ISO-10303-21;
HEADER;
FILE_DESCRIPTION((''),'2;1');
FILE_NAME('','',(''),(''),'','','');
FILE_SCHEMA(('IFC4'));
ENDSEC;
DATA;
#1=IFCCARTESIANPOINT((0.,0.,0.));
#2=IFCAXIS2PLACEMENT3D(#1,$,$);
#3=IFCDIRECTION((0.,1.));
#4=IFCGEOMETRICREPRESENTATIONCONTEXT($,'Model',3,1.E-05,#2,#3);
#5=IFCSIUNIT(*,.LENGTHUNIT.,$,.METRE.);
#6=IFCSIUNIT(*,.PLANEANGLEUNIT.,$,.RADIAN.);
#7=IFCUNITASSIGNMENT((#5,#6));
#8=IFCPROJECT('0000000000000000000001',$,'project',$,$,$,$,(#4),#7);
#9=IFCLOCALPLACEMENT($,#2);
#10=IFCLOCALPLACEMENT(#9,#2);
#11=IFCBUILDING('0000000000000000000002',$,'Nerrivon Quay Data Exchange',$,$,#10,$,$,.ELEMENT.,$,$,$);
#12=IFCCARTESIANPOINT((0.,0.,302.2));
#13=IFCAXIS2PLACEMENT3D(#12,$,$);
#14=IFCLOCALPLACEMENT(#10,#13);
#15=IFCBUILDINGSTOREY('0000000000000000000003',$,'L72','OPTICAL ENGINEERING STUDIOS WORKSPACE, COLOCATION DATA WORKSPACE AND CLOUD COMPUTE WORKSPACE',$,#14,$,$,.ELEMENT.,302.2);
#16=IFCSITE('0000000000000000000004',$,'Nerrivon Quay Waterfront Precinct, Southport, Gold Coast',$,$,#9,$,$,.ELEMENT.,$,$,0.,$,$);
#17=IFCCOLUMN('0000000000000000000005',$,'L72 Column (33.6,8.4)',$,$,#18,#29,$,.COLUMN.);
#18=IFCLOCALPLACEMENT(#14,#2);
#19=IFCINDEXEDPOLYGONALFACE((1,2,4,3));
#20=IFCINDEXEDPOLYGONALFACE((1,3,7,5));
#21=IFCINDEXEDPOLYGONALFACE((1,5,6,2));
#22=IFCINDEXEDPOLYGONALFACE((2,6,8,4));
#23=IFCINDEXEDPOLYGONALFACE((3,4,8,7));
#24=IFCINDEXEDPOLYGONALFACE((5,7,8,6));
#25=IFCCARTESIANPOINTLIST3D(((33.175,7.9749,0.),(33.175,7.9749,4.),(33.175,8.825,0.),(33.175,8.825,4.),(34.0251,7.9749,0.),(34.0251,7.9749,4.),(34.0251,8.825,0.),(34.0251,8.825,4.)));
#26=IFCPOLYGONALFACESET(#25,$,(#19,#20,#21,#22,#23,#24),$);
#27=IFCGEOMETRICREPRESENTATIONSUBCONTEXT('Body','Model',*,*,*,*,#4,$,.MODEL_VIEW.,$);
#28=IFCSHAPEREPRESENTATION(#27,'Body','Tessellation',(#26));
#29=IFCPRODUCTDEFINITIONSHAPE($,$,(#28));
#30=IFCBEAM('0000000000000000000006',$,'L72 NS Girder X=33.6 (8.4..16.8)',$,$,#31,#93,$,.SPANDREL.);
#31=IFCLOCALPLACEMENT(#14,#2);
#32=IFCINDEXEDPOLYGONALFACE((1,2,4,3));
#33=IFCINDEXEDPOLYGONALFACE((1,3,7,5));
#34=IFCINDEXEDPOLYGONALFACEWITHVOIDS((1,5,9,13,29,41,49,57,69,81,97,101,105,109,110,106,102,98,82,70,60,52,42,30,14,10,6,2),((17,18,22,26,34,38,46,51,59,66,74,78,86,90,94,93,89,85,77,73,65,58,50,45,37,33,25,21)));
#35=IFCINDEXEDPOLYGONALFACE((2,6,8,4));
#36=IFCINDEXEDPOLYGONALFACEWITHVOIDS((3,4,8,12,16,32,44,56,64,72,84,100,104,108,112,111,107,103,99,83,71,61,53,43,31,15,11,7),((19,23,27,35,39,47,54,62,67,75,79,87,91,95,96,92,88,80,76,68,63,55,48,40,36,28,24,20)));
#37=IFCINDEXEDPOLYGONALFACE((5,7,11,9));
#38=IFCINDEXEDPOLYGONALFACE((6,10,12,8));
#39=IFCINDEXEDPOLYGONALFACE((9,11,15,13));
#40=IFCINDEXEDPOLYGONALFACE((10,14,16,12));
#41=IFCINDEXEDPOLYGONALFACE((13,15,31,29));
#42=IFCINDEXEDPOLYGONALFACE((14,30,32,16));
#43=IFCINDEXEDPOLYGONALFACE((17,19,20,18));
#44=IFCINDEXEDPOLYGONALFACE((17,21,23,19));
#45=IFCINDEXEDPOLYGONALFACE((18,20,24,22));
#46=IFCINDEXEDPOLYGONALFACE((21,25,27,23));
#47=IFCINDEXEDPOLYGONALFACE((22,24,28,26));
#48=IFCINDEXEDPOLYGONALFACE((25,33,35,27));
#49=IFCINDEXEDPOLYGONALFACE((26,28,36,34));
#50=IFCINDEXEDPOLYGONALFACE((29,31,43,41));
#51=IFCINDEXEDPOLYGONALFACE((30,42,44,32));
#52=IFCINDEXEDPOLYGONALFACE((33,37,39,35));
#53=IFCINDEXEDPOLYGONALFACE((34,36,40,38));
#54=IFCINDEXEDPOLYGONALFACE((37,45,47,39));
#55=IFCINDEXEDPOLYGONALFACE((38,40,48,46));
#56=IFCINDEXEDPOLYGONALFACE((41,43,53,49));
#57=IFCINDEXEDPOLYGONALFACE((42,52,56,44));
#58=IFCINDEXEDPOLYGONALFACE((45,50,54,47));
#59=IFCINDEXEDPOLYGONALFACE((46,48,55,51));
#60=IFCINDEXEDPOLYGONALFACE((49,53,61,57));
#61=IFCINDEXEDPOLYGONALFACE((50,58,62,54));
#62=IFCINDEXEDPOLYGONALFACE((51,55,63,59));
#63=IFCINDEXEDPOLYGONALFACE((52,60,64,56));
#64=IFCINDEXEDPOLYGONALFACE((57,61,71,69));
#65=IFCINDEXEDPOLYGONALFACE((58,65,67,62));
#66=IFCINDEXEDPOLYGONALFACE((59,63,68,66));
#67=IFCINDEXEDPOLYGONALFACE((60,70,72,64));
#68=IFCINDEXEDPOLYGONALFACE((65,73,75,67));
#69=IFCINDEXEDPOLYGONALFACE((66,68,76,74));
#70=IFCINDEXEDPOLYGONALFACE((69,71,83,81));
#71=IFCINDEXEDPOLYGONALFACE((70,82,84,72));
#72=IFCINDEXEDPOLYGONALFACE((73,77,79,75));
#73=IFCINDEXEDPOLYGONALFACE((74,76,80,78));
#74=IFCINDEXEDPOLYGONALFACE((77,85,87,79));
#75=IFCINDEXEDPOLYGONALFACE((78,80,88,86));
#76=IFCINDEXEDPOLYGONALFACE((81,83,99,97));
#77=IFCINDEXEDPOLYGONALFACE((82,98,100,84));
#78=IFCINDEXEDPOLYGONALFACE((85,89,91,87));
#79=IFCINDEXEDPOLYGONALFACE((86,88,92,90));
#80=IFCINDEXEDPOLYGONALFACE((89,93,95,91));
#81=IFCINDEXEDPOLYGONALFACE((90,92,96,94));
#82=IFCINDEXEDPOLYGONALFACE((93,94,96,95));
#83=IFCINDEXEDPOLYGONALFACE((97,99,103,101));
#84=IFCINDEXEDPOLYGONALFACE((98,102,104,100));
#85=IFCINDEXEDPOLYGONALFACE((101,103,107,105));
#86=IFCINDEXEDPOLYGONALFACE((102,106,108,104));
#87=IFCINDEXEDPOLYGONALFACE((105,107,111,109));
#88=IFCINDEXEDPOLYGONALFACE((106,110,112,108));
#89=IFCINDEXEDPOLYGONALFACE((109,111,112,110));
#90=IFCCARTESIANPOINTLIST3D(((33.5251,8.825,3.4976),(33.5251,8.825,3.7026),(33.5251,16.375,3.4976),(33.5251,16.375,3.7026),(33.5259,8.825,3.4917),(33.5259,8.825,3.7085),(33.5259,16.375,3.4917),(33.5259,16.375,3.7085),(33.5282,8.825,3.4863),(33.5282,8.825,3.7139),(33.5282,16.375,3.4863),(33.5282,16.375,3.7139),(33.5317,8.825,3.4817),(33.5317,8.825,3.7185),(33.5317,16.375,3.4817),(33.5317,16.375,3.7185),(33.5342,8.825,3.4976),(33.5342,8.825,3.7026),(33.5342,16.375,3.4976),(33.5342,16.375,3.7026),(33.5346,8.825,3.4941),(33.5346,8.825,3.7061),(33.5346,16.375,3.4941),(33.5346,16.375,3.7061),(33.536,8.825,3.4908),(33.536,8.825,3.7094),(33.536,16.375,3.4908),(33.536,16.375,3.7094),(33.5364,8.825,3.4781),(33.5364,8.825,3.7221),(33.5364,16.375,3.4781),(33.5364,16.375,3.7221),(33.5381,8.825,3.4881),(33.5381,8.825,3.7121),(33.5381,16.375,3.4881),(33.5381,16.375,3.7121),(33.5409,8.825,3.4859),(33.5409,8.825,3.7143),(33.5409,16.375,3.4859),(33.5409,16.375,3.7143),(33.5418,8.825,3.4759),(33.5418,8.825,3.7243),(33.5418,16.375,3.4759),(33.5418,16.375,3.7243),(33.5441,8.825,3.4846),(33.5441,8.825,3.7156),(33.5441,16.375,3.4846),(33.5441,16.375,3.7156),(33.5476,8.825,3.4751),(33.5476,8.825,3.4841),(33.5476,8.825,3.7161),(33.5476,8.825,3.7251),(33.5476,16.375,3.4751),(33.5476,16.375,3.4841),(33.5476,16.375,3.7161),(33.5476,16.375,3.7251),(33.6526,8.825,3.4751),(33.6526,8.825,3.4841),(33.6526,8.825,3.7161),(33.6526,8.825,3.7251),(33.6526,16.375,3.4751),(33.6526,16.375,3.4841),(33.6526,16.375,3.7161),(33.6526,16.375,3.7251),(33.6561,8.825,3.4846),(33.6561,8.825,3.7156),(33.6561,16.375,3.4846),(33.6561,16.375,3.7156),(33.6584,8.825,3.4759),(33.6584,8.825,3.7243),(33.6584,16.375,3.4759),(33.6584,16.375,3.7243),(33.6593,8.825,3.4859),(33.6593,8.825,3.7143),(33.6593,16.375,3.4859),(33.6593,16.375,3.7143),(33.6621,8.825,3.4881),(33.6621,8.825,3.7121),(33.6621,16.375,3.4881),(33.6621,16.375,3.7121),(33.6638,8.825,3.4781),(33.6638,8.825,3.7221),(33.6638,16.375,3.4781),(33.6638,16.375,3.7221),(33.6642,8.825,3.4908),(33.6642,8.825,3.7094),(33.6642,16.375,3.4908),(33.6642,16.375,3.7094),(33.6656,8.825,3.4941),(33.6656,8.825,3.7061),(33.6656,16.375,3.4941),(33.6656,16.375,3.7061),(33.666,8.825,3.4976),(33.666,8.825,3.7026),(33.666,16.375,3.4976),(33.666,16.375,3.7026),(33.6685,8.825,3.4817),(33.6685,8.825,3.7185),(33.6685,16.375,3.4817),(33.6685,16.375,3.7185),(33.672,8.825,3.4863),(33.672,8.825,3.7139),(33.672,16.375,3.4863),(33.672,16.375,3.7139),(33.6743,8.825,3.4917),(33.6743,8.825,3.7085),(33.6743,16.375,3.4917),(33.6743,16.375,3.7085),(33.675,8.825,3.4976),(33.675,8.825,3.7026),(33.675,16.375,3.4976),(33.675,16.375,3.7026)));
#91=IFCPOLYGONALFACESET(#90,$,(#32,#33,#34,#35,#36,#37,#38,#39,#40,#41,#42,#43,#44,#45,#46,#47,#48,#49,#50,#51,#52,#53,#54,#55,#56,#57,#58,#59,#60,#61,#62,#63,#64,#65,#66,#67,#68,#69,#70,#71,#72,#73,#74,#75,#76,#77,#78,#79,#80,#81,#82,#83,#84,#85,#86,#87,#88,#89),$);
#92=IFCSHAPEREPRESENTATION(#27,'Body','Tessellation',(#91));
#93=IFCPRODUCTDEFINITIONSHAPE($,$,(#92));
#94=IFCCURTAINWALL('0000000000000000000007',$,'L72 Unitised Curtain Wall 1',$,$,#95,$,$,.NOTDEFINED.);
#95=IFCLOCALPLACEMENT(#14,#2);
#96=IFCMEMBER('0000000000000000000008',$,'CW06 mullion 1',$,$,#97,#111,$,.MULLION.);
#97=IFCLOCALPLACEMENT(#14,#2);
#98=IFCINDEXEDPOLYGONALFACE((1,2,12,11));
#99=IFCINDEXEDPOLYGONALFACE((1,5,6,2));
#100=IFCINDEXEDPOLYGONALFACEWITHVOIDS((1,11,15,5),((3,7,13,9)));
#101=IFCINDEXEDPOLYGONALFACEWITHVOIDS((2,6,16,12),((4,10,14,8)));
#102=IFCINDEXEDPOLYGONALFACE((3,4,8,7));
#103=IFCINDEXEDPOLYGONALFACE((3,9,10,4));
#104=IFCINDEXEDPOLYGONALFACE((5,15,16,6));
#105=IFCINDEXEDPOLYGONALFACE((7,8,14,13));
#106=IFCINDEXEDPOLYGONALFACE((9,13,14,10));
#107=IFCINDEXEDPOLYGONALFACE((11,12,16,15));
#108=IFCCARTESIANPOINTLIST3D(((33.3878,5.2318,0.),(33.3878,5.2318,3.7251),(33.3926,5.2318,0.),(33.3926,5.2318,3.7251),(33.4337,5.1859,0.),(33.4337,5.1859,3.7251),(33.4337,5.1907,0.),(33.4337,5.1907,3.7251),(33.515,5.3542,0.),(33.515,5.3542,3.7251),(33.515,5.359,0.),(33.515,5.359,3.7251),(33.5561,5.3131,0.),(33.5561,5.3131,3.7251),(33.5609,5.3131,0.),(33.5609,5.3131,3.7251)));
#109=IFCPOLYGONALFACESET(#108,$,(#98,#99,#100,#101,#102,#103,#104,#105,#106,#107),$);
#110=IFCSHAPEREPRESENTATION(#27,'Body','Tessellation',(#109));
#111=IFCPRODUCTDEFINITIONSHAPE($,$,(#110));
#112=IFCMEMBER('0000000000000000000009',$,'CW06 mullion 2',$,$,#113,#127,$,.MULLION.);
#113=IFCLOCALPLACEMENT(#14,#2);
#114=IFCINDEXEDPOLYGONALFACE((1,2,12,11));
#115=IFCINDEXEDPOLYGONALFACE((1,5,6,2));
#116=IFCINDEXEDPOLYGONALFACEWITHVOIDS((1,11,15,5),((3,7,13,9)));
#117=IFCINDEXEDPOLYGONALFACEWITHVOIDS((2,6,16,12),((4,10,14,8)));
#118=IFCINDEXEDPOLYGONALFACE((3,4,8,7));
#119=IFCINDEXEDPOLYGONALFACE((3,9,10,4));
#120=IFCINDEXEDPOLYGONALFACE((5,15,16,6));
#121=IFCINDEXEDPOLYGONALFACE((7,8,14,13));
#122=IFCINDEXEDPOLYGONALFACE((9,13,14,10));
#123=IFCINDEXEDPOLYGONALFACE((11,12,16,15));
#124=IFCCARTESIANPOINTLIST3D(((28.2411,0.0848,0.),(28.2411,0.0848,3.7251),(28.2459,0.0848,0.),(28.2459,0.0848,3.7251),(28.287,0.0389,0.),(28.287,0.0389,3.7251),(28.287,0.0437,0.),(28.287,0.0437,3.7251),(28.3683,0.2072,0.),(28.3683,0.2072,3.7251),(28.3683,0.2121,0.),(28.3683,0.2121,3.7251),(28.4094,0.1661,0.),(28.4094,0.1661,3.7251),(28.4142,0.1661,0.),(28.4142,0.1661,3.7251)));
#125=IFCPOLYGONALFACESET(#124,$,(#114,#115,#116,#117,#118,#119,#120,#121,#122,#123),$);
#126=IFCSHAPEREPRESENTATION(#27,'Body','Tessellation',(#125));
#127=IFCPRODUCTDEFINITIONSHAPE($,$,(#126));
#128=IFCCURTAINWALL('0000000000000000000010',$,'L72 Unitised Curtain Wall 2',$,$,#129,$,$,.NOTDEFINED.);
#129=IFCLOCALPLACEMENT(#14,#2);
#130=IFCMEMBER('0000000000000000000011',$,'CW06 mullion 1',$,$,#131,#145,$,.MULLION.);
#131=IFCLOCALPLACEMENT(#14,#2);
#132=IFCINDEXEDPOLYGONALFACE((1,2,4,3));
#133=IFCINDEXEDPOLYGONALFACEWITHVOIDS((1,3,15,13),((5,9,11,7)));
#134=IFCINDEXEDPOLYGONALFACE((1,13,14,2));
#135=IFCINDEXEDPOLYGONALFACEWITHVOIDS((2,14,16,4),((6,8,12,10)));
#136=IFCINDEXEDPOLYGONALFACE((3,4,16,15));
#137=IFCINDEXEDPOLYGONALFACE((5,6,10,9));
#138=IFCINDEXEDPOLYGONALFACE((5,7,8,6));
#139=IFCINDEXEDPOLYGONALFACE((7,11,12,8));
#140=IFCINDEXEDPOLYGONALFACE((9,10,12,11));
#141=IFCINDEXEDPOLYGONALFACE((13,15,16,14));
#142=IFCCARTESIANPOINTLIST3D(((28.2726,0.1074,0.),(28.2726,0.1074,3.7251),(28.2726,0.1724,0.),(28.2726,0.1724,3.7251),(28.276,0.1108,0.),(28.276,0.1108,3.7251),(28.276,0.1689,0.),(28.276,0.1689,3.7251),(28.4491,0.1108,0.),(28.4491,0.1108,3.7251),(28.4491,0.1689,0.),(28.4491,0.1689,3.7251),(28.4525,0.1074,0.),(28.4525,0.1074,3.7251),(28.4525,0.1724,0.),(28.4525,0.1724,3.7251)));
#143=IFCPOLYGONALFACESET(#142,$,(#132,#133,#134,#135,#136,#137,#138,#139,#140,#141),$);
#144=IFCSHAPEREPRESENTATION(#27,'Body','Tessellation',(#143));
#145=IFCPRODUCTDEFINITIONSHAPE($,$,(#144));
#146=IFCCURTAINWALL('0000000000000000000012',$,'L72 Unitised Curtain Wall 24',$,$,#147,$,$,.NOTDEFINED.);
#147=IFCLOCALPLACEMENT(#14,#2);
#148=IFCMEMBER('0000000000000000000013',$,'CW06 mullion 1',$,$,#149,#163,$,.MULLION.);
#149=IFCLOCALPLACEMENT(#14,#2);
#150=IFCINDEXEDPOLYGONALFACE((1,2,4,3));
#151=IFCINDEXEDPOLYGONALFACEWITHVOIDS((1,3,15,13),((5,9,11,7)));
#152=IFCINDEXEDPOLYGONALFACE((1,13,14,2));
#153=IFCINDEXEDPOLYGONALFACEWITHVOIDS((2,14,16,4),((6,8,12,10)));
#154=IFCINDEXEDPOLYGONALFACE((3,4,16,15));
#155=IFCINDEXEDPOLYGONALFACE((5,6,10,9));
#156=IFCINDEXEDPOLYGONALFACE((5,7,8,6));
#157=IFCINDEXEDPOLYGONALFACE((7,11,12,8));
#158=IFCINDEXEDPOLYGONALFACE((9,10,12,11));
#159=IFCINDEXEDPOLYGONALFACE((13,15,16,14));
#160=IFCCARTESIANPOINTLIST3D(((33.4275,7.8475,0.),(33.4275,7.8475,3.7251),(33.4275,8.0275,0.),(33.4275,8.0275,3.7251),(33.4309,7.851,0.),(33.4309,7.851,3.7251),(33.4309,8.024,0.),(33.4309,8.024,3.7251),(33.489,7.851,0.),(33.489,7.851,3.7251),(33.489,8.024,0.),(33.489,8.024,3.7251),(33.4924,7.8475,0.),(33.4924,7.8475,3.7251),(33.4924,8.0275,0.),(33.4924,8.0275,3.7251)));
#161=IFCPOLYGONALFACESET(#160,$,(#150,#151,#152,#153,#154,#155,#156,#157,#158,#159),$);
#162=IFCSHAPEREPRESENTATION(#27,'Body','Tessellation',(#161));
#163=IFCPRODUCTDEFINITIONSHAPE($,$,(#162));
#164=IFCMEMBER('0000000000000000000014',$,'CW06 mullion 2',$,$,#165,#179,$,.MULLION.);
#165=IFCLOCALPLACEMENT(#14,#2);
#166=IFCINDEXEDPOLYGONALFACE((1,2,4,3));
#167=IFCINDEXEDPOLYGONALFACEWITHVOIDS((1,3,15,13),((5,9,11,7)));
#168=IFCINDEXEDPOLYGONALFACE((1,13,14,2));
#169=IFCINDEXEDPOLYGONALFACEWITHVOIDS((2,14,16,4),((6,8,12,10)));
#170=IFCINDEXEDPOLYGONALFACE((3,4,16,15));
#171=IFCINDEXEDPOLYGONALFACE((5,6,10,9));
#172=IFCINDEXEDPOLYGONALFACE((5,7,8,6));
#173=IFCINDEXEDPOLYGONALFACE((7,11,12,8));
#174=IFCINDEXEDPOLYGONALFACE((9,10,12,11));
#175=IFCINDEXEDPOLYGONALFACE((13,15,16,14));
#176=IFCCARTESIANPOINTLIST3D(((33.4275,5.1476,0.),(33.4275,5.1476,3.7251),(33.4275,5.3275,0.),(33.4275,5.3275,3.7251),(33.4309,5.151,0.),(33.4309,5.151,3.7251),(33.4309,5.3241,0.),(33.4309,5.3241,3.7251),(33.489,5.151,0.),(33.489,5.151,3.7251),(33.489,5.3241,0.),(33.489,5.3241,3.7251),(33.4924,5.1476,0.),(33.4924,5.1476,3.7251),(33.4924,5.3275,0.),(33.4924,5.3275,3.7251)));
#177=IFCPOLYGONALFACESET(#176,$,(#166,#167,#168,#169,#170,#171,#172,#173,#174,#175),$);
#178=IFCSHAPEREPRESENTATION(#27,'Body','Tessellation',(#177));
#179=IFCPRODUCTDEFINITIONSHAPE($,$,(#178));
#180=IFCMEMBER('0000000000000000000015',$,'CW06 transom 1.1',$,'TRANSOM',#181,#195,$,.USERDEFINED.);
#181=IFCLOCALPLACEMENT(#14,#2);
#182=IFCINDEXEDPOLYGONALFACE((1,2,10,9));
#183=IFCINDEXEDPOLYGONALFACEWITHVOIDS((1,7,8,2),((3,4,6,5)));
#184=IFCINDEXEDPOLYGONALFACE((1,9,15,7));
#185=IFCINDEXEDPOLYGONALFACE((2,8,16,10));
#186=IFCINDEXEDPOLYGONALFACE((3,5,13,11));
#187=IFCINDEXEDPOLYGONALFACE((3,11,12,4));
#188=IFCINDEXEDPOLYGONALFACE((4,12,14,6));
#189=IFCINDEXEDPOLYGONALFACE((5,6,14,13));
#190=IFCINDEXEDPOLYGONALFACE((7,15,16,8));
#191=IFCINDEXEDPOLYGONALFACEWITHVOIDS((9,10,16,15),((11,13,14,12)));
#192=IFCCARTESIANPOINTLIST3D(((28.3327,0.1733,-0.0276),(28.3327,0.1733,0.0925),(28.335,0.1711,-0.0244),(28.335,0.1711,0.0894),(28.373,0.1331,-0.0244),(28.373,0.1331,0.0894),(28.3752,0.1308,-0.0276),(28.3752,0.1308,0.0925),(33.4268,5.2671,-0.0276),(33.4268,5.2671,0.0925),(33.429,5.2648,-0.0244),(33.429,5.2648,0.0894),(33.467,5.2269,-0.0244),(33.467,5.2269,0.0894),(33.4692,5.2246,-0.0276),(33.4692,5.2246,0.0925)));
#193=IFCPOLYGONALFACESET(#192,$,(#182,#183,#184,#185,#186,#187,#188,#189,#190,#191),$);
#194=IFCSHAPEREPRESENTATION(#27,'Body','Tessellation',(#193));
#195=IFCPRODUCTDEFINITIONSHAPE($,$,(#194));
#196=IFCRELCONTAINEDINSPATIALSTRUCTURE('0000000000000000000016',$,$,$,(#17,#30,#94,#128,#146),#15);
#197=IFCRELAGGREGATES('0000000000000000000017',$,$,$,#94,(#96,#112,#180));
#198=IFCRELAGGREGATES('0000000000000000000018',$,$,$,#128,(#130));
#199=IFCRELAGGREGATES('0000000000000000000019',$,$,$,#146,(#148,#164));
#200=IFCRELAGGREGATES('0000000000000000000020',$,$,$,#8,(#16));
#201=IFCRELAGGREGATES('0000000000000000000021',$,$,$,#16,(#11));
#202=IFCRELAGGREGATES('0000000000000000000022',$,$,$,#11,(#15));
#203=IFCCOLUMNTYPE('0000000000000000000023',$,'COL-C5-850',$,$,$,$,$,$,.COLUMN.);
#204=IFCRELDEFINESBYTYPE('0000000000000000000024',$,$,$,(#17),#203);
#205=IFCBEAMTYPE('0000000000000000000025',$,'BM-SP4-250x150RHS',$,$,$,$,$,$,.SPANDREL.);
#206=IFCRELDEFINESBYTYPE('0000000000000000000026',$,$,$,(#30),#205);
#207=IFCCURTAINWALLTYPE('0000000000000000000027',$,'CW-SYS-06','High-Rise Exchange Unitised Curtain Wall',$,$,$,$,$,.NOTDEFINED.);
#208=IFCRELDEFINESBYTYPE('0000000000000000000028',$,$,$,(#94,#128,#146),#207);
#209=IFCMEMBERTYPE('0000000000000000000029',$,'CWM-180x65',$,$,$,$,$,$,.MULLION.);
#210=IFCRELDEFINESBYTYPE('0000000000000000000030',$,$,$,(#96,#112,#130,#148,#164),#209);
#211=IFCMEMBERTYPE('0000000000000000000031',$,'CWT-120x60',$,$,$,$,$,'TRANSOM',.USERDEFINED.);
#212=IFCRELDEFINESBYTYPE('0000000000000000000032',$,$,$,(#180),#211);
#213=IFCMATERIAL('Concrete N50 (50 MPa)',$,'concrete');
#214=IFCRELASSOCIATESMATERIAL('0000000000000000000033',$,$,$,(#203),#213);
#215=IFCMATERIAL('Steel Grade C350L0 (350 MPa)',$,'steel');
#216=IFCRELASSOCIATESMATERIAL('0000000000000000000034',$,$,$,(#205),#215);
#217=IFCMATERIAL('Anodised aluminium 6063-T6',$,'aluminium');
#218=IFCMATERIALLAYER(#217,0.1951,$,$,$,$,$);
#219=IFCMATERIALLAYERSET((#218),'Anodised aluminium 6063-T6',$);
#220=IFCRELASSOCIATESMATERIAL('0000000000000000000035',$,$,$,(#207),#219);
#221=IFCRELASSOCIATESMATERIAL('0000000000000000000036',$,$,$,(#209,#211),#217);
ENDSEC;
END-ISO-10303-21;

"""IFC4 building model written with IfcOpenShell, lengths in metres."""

from ifc_helpers import new_model, si_unit, direction, frame, origin, origin_2d, place, context, subcontext, project, spatial, rectangle, hollow_rectangle, extrude, material, layer, layer_set, material_profile, profile_set, type_object, element, aggregate, save


model = new_model("IFC4")

# Units and contexts
model_context = context("Model", 3, precision=1e-05, world=origin(), true_north=direction((0.0, 1.0)))
body_context = subcontext(model_context, "Body", "Model", "MODEL_VIEW")
ifc_project = project(units=[si_unit("LENGTHUNIT", "METRE"), si_unit("PLANEANGLEUNIT", "RADIAN")], contexts=[model_context])

# Site, building, storey
site_placement = place(None, origin())
site = spatial("IfcSite", under=ifc_project, at=site_placement, Name="Nerrivon Quay Waterfront Precinct, Southport, Gold Coast", CompositionType="ELEMENT", RefElevation=0.0)
building_placement = place(site_placement, origin())
building = spatial("IfcBuilding", under=site, at=building_placement, Name="Nerrivon Quay Data Exchange", CompositionType="ELEMENT")
storey_placement = place(building_placement, frame((0.0, 0.0, 302.2)))
storey = spatial("IfcBuildingStorey", under=building, at=storey_placement, Name="L72", Description="OPTICAL ENGINEERING STUDIOS WORKSPACE, COLOCATION DATA WORKSPACE AND CLOUD COMPUTE WORKSPACE", CompositionType="ELEMENT", Elevation=302.2)

# Column
ifc_material_1 = material(Name="Concrete N50 (50 MPa)", Category="concrete")
ifc_material_profile_1 = material_profile(ifc_material_1, rectangle(XDim=0.8501, YDim=0.8501, at=origin_2d()), Name="RC-COL-850x850")
ifc_profile_set_1 = profile_set([ifc_material_profile_1], Name="Concrete N50 (50 MPa)")
column_type = type_object("IfcColumnType", Name="COL-C5-850", PredefinedType="COLUMN", material=ifc_profile_set_1)
column_placement = place(storey_placement, frame((33.6001, 8.3999, 0.0), z_axis=(0.0, 0.0, 1.0), x_axis=(1.0, 0.0, 0.0)))
element("IfcColumn", 1, at=column_placement, inside=storey, type_object=column_type, Name="L72 Column (33.6,8.4)", PredefinedType="COLUMN", context=body_context, shape_type="SweptSolid", body=[
    extrude(rectangle(XDim=0.8501, YDim=0.8501, at=origin_2d()), origin(), (0.0, 0.0, 1.0), 4.0),
])

# Beam
ifc_material_2 = material(Name="Steel Grade C350L0 (350 MPa)", Category="steel")
ifc_material_profile_2 = material_profile(ifc_material_2, hollow_rectangle(XDim=0.1499, YDim=0.25, WallThickness=0.009, InnerFilletRadius=0.0134, OuterFilletRadius=0.0225, at=origin_2d()), Name="250x150x9.0RHS")
ifc_profile_set_2 = profile_set([ifc_material_profile_2], Name="Steel Grade C350L0 (350 MPa)")
beam_type = type_object("IfcBeamType", Name="BM-SP4-250x150RHS", PredefinedType="SPANDREL", material=ifc_profile_set_2)
beam_placement = place(storey_placement, frame((33.6001, 8.825, 3.6001), z_axis=(0.0, 1.0, 0.0), x_axis=(-1.0, 0.0, 0.0)))
element("IfcBeam", 2, at=beam_placement, inside=storey, type_object=beam_type, Name="L72 NS Girder X=33.6 (8.4..16.8)", PredefinedType="SPANDREL", context=body_context, shape_type="SweptSolid", body=[
    extrude(hollow_rectangle(XDim=0.1499, YDim=0.25, WallThickness=0.009, InnerFilletRadius=0.0134, OuterFilletRadius=0.0225, at=origin_2d()), origin(), (0.0, 0.0, 1.0), 7.55),
])

# Curtain wall, members
ifc_material_3 = material(Name="Anodised aluminium 6063-T6", Category="aluminium")
ifc_layer_1 = layer(ifc_material_3, 0.1951)
ifc_layer_set_1 = layer_set([ifc_layer_1], Name="Anodised aluminium 6063-T6")
curtain_wall_type = type_object("IfcCurtainWallType", Name="CW-SYS-06", Description="High-Rise Exchange Unitised Curtain Wall", PredefinedType="NOTDEFINED", material=ifc_layer_set_1)
curtain_wall_1_placement = place(storey_placement, origin())
curtain_wall_1 = element("IfcCurtainWall", 3, at=curtain_wall_1_placement, inside=storey, type_object=curtain_wall_type, Name="L72 Unitised Curtain Wall 1", PredefinedType="NOTDEFINED")
ifc_material_profile_3 = material_profile(ifc_material_3, hollow_rectangle(XDim=0.0649, YDim=0.1799, WallThickness=0.0034, at=origin_2d()), Name="ALU-MULL-180x65")
ifc_profile_set_3 = profile_set([ifc_material_profile_3], Name="Anodised aluminium 6063-T6")
member_type_1 = type_object("IfcMemberType", Name="CWM-180x65", PredefinedType="MULLION", material=ifc_profile_set_3)
member_1_placement = place(storey_placement, frame((33.4744, 5.2725, 0.0), z_axis=(0.0, 0.0, 1.0), x_axis=(0.707107, -0.707107, 0.0)))
member_1 = element("IfcMember", 4, at=member_1_placement, type_object=member_type_1, Name="CW06 mullion 1", PredefinedType="MULLION", context=body_context, shape_type="SweptSolid", body=[
    extrude(hollow_rectangle(XDim=0.0649, YDim=0.1799, WallThickness=0.0034, at=origin_2d()), origin(), (0.0, 0.0, 1.0), 3.7251),
])
member_2_placement = place(storey_placement, frame((28.3276, 0.1255, 0.0), z_axis=(0.0, 0.0, 1.0), x_axis=(0.707107, -0.707107, 0.0)))
member_2 = element("IfcMember", 5, at=member_2_placement, type_object=member_type_1, Name="CW06 mullion 2", PredefinedType="MULLION", context=body_context, shape_type="SweptSolid", body=[
    extrude(hollow_rectangle(XDim=0.0649, YDim=0.1799, WallThickness=0.0034, at=origin_2d()), origin(), (0.0, 0.0, 1.0), 3.7251),
])

# Curtain wall, member
curtain_wall_2_placement = place(storey_placement, origin())
curtain_wall_2 = element("IfcCurtainWall", 6, at=curtain_wall_2_placement, inside=storey, type_object=curtain_wall_type, Name="L72 Unitised Curtain Wall 2", PredefinedType="NOTDEFINED")
member_3_placement = place(storey_placement, frame((28.3625, 0.1399, 0.0), z_axis=(0.0, 0.0, 1.0), x_axis=(0.0, -1.0, 0.0)))
member_3 = element("IfcMember", 7, at=member_3_placement, type_object=member_type_1, Name="CW06 mullion 1", PredefinedType="MULLION", context=body_context, shape_type="SweptSolid", body=[
    extrude(hollow_rectangle(XDim=0.0649, YDim=0.1799, WallThickness=0.0034, at=origin_2d()), origin(), (0.0, 0.0, 1.0), 3.7251),
])

# Curtain wall, members
curtain_wall_3_placement = place(storey_placement, origin())
curtain_wall_3 = element("IfcCurtainWall", 8, at=curtain_wall_3_placement, inside=storey, type_object=curtain_wall_type, Name="L72 Unitised Curtain Wall 24", PredefinedType="NOTDEFINED")
member_4_placement = place(storey_placement, frame((33.46, 7.9375, 0.0), z_axis=(0.0, 0.0, 1.0), x_axis=(1.0, 0.0, 0.0)))
member_4 = element("IfcMember", 9, at=member_4_placement, type_object=member_type_1, Name="CW06 mullion 1", PredefinedType="MULLION", context=body_context, shape_type="SweptSolid", body=[
    extrude(hollow_rectangle(XDim=0.0649, YDim=0.1799, WallThickness=0.0034, at=origin_2d()), origin(), (0.0, 0.0, 1.0), 3.7251),
])
member_5_placement = place(storey_placement, frame((33.46, 5.2375, 0.0), z_axis=(0.0, 0.0, 1.0), x_axis=(1.0, 0.0, 0.0)))
member_5 = element("IfcMember", 10, at=member_5_placement, type_object=member_type_1, Name="CW06 mullion 2", PredefinedType="MULLION", context=body_context, shape_type="SweptSolid", body=[
    extrude(hollow_rectangle(XDim=0.0649, YDim=0.1799, WallThickness=0.0034, at=origin_2d()), origin(), (0.0, 0.0, 1.0), 3.7251),
])

# Member
ifc_material_profile_4 = material_profile(ifc_material_3, hollow_rectangle(XDim=0.0601, YDim=0.1201, WallThickness=0.0032, at=origin_2d()), Name="ALU-TRAN-120x60")
ifc_profile_set_4 = profile_set([ifc_material_profile_4], Name="Anodised aluminium 6063-T6")
member_type_2 = type_object("IfcMemberType", Name="CWT-120x60", ElementType="TRANSOM", PredefinedType="USERDEFINED", material=ifc_profile_set_4)
member_6_placement = place(storey_placement, frame((33.448, 5.2458, 0.0325), z_axis=(-0.707124, -0.70709, 0.0), x_axis=(0.70709, -0.707124, 0.0)))
member_6 = element("IfcMember", 11, at=member_6_placement, type_object=member_type_2, Name="CW06 transom 1.1", ObjectType="TRANSOM", PredefinedType="USERDEFINED", context=body_context, shape_type="SweptSolid", body=[
    extrude(hollow_rectangle(XDim=0.0601, YDim=0.1201, WallThickness=0.0032, at=origin_2d()), origin(), (0.0, 0.0, 1.0), 7.2039),
])

aggregate(curtain_wall_1, [member_1, member_2, member_6])
aggregate(curtain_wall_2, [member_3])
aggregate(curtain_wall_3, [member_4, member_5])

save(model, "model.ifc")
